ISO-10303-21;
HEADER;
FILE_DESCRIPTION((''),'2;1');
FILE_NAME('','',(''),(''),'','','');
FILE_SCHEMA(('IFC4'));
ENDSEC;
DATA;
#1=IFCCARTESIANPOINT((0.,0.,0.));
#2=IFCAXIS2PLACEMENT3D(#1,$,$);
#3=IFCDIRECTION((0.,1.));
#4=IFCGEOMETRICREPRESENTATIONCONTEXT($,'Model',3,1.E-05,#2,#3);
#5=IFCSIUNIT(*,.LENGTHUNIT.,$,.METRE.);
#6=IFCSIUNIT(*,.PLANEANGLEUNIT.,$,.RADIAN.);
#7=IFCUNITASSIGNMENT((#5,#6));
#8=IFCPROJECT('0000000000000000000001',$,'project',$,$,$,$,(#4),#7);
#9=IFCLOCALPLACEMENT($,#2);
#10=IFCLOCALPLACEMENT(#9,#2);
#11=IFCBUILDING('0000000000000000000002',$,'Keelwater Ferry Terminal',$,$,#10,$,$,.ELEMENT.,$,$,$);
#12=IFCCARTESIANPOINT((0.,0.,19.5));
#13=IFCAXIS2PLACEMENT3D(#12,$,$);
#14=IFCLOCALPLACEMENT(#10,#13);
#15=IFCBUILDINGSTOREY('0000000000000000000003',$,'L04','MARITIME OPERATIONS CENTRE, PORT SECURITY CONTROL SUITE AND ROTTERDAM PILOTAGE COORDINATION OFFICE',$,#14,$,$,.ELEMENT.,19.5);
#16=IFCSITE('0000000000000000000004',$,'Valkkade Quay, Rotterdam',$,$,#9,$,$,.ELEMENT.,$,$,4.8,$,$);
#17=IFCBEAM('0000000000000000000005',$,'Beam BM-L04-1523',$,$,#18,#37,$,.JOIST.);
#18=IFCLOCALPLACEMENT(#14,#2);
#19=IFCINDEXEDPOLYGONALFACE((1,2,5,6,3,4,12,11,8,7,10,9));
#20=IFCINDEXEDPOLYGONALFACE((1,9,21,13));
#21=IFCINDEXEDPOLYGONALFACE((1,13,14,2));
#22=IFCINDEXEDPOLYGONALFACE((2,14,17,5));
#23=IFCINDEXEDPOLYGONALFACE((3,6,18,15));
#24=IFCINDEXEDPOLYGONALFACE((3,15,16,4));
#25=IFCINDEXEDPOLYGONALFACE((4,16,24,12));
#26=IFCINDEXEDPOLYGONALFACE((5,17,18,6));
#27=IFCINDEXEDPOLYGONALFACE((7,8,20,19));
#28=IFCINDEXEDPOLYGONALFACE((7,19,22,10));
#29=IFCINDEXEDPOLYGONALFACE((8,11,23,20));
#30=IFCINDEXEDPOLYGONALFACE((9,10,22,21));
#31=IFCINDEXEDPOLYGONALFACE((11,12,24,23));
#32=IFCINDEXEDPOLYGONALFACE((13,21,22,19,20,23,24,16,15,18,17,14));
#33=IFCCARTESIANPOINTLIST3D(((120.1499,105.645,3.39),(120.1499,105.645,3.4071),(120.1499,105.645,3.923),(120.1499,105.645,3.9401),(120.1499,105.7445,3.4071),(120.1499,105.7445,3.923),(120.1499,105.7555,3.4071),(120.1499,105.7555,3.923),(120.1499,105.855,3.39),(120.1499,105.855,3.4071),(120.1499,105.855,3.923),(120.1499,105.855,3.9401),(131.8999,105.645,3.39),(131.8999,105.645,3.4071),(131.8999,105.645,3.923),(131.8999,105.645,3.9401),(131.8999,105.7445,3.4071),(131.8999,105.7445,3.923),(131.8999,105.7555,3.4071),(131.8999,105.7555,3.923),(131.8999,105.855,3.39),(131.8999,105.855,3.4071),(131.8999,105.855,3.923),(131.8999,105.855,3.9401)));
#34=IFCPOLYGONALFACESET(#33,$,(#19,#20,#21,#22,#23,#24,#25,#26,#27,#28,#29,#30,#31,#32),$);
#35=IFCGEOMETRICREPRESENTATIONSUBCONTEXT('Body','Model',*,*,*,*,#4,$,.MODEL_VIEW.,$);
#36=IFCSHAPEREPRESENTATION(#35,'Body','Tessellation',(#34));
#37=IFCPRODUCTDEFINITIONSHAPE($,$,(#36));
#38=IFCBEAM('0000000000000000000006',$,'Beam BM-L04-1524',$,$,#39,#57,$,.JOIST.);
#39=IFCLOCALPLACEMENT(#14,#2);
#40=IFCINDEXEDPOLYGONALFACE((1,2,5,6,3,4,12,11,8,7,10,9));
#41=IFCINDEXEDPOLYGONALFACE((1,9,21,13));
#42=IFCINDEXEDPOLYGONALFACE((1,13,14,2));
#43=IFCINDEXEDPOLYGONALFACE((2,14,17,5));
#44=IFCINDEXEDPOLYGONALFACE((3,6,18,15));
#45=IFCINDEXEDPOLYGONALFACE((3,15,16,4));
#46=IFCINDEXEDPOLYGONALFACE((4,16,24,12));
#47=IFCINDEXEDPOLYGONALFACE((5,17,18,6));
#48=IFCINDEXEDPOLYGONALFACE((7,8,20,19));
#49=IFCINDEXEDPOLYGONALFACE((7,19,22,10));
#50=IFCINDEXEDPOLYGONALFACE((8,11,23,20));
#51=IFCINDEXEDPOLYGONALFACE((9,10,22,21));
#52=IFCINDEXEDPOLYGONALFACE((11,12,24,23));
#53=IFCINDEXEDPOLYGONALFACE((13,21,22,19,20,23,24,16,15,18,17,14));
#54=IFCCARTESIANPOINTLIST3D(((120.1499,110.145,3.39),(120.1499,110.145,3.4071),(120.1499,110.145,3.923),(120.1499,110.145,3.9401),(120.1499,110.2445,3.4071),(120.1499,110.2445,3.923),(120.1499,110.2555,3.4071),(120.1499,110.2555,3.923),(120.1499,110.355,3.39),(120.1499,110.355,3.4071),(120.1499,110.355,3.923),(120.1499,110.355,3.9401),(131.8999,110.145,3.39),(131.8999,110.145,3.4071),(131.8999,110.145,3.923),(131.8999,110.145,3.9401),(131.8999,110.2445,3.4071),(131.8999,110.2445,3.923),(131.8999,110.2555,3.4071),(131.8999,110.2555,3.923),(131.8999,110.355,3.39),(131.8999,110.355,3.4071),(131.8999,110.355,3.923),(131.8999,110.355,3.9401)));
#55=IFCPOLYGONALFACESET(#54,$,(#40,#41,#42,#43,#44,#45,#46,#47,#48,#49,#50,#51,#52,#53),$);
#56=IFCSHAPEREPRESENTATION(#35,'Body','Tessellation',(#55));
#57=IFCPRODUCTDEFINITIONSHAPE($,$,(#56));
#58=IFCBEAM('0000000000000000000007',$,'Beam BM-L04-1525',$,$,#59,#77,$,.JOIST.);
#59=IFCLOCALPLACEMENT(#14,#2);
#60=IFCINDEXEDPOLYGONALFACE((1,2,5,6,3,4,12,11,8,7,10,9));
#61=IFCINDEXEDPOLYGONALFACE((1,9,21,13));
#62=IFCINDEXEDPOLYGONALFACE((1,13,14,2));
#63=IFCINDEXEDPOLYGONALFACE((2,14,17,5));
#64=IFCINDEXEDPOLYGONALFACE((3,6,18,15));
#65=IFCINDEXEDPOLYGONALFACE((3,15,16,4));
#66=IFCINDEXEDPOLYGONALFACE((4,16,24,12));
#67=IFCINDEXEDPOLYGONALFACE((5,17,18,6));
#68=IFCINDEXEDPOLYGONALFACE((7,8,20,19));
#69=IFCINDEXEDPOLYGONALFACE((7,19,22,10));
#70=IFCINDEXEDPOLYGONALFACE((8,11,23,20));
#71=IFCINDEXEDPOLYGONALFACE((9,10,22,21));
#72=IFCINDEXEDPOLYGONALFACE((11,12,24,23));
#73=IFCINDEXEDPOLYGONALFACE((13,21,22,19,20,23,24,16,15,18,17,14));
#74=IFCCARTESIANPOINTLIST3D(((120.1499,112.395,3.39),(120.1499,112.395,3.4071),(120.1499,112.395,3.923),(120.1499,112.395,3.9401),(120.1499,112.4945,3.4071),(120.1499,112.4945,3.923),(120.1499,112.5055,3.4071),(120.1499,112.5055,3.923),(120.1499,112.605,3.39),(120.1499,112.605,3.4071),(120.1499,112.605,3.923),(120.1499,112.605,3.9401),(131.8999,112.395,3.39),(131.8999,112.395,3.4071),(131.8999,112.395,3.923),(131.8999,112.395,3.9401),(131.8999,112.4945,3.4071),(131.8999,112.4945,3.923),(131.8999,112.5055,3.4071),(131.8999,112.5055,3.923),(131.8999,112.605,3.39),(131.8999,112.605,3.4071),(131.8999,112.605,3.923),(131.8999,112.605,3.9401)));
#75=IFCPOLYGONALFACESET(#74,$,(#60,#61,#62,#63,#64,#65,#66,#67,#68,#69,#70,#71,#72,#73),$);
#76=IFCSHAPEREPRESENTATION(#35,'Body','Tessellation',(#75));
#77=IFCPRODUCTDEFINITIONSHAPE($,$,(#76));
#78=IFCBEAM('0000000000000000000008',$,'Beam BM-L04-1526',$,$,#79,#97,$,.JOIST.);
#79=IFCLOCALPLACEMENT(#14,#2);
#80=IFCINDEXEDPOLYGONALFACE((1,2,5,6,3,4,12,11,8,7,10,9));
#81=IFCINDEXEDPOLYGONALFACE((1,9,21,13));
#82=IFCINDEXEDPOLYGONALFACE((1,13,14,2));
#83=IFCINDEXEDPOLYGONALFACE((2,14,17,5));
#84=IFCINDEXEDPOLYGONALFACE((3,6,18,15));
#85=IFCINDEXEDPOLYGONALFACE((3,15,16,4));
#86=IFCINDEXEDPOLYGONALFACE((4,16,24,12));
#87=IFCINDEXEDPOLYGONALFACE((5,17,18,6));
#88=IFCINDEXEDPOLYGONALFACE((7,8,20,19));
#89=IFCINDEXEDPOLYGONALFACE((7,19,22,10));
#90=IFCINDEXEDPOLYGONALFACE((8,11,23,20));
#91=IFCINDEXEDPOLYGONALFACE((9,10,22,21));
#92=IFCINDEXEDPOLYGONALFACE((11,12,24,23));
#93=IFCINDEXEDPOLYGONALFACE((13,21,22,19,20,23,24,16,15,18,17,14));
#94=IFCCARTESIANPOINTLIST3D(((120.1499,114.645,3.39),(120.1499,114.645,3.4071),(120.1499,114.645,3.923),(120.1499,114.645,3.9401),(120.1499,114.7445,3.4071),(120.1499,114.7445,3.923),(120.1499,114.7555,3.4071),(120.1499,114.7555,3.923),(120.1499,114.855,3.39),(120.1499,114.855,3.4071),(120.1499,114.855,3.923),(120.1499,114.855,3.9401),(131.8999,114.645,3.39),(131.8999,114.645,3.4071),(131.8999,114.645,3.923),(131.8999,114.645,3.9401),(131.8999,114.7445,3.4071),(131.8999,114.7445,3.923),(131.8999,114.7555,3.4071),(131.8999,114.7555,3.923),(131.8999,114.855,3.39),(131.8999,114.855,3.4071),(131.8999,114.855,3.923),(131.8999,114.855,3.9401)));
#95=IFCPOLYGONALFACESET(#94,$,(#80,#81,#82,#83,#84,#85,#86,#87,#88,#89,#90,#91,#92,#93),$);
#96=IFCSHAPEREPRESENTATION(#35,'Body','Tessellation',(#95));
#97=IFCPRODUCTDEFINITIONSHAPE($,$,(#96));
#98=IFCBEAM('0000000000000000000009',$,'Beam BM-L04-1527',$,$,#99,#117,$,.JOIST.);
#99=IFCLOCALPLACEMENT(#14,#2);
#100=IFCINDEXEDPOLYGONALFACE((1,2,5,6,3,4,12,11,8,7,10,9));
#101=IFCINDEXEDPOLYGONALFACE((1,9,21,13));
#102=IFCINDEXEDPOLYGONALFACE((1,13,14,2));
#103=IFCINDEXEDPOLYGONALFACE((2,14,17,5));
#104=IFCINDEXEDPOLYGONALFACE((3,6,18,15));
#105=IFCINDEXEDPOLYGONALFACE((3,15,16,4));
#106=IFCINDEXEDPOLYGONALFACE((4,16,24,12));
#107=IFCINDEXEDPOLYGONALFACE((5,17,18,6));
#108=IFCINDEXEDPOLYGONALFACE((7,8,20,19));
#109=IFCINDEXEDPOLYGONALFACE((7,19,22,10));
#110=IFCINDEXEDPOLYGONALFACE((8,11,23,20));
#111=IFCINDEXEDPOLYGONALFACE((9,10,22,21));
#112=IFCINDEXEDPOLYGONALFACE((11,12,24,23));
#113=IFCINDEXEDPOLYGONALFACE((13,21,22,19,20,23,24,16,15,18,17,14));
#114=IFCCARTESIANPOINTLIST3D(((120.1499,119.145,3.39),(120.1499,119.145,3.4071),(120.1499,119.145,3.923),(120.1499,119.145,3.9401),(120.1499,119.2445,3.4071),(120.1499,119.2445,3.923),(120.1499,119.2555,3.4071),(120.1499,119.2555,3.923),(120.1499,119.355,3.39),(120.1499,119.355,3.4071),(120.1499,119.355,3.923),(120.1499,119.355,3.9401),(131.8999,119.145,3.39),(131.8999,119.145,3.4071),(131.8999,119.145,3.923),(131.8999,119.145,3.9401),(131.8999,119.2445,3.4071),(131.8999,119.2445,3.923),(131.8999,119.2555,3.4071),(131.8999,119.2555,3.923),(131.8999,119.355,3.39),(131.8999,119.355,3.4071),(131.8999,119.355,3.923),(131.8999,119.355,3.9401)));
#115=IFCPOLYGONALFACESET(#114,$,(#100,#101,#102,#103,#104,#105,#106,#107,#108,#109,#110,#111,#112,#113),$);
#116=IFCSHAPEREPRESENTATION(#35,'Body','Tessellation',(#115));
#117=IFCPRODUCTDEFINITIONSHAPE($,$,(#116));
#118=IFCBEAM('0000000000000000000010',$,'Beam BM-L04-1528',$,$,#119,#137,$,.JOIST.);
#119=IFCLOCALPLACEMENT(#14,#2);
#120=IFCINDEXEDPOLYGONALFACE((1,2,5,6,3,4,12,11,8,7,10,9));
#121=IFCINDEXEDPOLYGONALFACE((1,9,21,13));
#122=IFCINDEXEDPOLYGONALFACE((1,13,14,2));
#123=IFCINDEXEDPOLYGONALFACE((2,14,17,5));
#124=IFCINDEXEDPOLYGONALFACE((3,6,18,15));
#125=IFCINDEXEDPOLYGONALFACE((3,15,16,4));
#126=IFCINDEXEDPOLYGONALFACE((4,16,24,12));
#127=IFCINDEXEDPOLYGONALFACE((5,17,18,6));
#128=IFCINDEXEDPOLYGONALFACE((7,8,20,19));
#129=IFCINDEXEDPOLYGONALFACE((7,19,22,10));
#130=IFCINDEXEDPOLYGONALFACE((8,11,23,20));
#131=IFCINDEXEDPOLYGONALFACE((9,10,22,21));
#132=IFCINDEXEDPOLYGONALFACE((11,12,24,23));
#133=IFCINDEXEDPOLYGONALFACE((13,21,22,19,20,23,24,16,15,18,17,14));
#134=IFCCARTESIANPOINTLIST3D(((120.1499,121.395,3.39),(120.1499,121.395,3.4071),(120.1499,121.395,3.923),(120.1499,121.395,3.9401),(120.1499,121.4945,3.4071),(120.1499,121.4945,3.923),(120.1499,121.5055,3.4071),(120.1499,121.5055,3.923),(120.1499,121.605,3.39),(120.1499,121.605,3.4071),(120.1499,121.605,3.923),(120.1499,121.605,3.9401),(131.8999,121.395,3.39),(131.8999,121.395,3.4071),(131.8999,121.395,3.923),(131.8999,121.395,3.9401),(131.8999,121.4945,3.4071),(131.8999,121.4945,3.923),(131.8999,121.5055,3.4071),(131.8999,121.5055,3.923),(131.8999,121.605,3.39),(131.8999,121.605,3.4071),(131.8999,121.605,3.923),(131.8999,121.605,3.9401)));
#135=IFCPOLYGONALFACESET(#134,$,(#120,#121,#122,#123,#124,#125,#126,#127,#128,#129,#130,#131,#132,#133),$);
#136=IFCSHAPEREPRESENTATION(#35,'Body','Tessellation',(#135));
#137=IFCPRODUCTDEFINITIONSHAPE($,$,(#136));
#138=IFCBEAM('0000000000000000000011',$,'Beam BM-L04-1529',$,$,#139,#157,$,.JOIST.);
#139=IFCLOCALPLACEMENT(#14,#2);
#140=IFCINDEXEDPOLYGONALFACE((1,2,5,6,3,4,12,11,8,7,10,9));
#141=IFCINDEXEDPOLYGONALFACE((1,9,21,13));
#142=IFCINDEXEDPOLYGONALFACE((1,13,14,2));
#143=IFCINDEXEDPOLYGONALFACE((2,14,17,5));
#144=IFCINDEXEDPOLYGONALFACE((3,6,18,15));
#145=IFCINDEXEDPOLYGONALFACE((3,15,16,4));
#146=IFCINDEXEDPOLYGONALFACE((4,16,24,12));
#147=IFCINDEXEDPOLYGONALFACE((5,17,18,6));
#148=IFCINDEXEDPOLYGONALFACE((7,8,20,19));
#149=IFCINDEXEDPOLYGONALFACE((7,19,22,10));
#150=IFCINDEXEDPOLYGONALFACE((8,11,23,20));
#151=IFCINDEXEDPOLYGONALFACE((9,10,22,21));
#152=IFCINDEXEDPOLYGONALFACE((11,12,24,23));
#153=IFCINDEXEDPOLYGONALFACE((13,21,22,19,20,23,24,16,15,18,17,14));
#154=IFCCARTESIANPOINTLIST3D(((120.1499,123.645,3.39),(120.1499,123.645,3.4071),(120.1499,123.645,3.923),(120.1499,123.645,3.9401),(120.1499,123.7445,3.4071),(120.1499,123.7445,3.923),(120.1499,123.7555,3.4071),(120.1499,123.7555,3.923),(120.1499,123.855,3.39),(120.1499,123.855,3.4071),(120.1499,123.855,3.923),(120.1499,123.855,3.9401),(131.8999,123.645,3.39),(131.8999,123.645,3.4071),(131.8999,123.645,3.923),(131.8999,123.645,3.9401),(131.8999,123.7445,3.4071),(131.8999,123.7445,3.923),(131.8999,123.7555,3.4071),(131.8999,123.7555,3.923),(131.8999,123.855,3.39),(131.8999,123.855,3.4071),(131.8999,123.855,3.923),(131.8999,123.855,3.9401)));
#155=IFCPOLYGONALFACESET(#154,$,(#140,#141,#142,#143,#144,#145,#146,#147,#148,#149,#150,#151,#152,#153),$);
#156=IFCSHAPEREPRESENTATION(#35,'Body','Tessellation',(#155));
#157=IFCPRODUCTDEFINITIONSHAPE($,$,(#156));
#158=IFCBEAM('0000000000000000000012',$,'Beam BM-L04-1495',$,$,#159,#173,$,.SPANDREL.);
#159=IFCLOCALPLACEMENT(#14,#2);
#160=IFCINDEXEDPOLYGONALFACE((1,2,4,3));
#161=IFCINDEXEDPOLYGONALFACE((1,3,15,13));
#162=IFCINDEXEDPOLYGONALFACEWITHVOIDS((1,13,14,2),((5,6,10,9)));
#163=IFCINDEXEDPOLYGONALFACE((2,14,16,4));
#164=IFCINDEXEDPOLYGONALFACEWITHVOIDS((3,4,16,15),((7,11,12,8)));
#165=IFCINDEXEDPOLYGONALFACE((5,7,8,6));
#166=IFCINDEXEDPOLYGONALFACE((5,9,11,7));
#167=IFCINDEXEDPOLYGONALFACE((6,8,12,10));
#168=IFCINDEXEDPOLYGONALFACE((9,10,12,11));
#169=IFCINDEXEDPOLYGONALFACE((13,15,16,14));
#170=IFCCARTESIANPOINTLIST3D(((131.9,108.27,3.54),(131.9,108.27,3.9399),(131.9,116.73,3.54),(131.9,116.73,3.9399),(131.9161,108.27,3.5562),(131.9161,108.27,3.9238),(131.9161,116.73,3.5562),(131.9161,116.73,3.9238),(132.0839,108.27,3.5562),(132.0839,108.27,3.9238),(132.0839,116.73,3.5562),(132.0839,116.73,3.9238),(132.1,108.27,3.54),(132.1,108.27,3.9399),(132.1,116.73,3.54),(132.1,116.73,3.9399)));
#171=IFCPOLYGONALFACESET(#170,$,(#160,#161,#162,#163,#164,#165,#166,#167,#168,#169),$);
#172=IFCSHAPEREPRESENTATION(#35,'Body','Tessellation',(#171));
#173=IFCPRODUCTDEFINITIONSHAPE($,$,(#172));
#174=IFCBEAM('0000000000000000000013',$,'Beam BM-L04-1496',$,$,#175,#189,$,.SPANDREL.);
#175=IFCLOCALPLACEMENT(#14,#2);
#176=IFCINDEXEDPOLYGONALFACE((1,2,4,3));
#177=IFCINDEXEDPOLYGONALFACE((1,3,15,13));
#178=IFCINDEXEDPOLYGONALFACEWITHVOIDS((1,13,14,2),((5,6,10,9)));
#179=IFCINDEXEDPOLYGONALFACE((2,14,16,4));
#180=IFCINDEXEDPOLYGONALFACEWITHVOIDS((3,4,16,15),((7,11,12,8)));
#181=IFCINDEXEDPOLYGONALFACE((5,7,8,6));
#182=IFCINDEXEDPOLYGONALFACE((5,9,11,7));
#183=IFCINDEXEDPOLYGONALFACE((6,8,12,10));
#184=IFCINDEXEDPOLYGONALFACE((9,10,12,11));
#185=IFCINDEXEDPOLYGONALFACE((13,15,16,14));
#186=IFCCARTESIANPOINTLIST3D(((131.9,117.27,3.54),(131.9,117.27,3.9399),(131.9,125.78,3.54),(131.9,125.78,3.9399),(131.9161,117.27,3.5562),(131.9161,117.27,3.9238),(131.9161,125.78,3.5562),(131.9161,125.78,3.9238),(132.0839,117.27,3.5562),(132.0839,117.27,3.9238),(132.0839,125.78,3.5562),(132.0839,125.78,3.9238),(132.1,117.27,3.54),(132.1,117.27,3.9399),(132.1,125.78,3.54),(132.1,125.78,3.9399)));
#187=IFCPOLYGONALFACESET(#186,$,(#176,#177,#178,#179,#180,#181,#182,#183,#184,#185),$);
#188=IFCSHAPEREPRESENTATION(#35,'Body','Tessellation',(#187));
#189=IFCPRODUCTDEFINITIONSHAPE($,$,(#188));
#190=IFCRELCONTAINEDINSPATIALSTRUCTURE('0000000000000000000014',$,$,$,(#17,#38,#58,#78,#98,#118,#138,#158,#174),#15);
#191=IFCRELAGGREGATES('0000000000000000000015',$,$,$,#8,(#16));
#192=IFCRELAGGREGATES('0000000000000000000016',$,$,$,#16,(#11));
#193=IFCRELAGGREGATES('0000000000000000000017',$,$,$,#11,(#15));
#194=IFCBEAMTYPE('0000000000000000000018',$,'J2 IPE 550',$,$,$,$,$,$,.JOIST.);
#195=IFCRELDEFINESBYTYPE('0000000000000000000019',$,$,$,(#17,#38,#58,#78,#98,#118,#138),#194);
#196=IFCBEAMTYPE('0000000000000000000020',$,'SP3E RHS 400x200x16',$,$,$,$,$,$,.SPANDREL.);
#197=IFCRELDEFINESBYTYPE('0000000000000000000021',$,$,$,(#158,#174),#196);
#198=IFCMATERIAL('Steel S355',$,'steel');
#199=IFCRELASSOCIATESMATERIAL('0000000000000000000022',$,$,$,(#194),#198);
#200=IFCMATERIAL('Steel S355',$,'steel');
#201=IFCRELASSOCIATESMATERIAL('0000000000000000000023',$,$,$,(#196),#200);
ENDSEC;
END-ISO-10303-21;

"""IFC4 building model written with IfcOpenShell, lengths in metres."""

from ifc_helpers import new_model, si_unit, direction, frame, origin, origin_2d, place, context, subcontext, project, spatial, hollow_rectangle, i_section, extrude, material, material_profile, profile_set, type_object, element, save


model = new_model("IFC4")

# Units and contexts
model_context = context("Model", 3, precision=1e-05, world=origin(), true_north=direction((0.0, 1.0)))
body_context = subcontext(model_context, "Body", "Model", "MODEL_VIEW")
ifc_project = project(units=[si_unit("LENGTHUNIT", "METRE"), si_unit("PLANEANGLEUNIT", "RADIAN")], contexts=[model_context])

# Site, building, storey
site_placement = place(None, origin())
site = spatial("IfcSite", under=ifc_project, at=site_placement, Name="Valkkade Quay, Rotterdam", CompositionType="ELEMENT", RefElevation=4.8)
building_placement = place(site_placement, origin())
building = spatial("IfcBuilding", under=site, at=building_placement, Name="Keelwater Ferry Terminal", CompositionType="ELEMENT")
storey_placement = place(building_placement, frame((0.0, 0.0, 19.5)))
storey = spatial("IfcBuildingStorey", under=building, at=storey_placement, Name="L04", Description="MARITIME OPERATIONS CENTRE, PORT SECURITY CONTROL SUITE AND ROTTERDAM PILOTAGE COORDINATION OFFICE", CompositionType="ELEMENT", Elevation=19.5)

# Beams
ifc_material_1 = material(Name="Steel S355", Category="steel")
ifc_material_profile_1 = material_profile(ifc_material_1, i_section(OverallWidth=0.21, OverallDepth=0.55, WebThickness=0.011, FlangeThickness=0.0171, at=origin_2d()), Name="IPE 550")
ifc_profile_set_1 = profile_set([ifc_material_profile_1], Name="Steel S355")
beam_type_1 = type_object("IfcBeamType", Name="J2 IPE 550", PredefinedType="JOIST", material=ifc_profile_set_1)
for number, where, z_axis, x_axis, name in (
    (1, (120.1499, 105.75, 3.665), (1.0, 0.0, 0.0), (0.0, 1.0, 0.0), "Beam BM-L04-1523"),
    (2, (120.1499, 110.25, 3.665), (1.0, 0.0, 0.0), (0.0, 1.0, 0.0), "Beam BM-L04-1524"),
    (3, (120.1499, 112.5, 3.665), (1.0, 0.0, 0.0), (0.0, 1.0, 0.0), "Beam BM-L04-1525"),
    (4, (120.1499, 114.75, 3.665), (1.0, 0.0, 0.0), (0.0, 1.0, 0.0), "Beam BM-L04-1526"),
    (5, (120.1499, 119.25, 3.665), (1.0, 0.0, 0.0), (0.0, 1.0, 0.0), "Beam BM-L04-1527"),
    (6, (120.1499, 121.5, 3.665), (1.0, 0.0, 0.0), (0.0, 1.0, 0.0), "Beam BM-L04-1528"),
    (7, (120.1499, 123.75, 3.665), (1.0, 0.0, 0.0), (0.0, 1.0, 0.0), "Beam BM-L04-1529"),
):
    element("IfcBeam", number, at=place(storey_placement, frame(where, z_axis=z_axis, x_axis=x_axis)), inside=storey, type_object=beam_type_1, Name=name, PredefinedType="JOIST", context=body_context, shape_type="SweptSolid", body=[
        extrude(i_section(OverallWidth=0.21, OverallDepth=0.55, WebThickness=0.011, FlangeThickness=0.0171, at=origin_2d()), origin(), (0.0, 0.0, 1.0), 11.75),
    ])
ifc_material_2 = material(Name="Steel S355", Category="steel")
ifc_material_profile_2 = material_profile(ifc_material_2, hollow_rectangle(XDim=0.2, YDim=0.3999, WallThickness=0.0161, at=origin_2d()), Name="RHS 400x200x16")
ifc_profile_set_2 = profile_set([ifc_material_profile_2], Name="Steel S355")
beam_type_2 = type_object("IfcBeamType", Name="SP3E RHS 400x200x16", PredefinedType="SPANDREL", material=ifc_profile_set_2)
beam_1_placement = place(storey_placement, frame((132.0, 108.27, 3.74), z_axis=(0.0, 1.0, 0.0), x_axis=(-1.0, 0.0, 0.0)))
element("IfcBeam", 8, at=beam_1_placement, inside=storey, type_object=beam_type_2, Name="Beam BM-L04-1495", PredefinedType="SPANDREL", context=body_context, shape_type="SweptSolid", body=[
    extrude(hollow_rectangle(XDim=0.2, YDim=0.3999, WallThickness=0.0161, at=origin_2d()), origin(), (0.0, 0.0, 1.0), 8.46),
])
beam_2_placement = place(storey_placement, frame((132.0, 117.27, 3.74), z_axis=(0.0, 1.0, 0.0), x_axis=(-1.0, 0.0, 0.0)))
element("IfcBeam", 9, at=beam_2_placement, inside=storey, type_object=beam_type_2, Name="Beam BM-L04-1496", PredefinedType="SPANDREL", context=body_context, shape_type="SweptSolid", body=[
    extrude(hollow_rectangle(XDim=0.2, YDim=0.3999, WallThickness=0.0161, at=origin_2d()), origin(), (0.0, 0.0, 1.0), 8.51),
])

save(model, "model.ifc")
